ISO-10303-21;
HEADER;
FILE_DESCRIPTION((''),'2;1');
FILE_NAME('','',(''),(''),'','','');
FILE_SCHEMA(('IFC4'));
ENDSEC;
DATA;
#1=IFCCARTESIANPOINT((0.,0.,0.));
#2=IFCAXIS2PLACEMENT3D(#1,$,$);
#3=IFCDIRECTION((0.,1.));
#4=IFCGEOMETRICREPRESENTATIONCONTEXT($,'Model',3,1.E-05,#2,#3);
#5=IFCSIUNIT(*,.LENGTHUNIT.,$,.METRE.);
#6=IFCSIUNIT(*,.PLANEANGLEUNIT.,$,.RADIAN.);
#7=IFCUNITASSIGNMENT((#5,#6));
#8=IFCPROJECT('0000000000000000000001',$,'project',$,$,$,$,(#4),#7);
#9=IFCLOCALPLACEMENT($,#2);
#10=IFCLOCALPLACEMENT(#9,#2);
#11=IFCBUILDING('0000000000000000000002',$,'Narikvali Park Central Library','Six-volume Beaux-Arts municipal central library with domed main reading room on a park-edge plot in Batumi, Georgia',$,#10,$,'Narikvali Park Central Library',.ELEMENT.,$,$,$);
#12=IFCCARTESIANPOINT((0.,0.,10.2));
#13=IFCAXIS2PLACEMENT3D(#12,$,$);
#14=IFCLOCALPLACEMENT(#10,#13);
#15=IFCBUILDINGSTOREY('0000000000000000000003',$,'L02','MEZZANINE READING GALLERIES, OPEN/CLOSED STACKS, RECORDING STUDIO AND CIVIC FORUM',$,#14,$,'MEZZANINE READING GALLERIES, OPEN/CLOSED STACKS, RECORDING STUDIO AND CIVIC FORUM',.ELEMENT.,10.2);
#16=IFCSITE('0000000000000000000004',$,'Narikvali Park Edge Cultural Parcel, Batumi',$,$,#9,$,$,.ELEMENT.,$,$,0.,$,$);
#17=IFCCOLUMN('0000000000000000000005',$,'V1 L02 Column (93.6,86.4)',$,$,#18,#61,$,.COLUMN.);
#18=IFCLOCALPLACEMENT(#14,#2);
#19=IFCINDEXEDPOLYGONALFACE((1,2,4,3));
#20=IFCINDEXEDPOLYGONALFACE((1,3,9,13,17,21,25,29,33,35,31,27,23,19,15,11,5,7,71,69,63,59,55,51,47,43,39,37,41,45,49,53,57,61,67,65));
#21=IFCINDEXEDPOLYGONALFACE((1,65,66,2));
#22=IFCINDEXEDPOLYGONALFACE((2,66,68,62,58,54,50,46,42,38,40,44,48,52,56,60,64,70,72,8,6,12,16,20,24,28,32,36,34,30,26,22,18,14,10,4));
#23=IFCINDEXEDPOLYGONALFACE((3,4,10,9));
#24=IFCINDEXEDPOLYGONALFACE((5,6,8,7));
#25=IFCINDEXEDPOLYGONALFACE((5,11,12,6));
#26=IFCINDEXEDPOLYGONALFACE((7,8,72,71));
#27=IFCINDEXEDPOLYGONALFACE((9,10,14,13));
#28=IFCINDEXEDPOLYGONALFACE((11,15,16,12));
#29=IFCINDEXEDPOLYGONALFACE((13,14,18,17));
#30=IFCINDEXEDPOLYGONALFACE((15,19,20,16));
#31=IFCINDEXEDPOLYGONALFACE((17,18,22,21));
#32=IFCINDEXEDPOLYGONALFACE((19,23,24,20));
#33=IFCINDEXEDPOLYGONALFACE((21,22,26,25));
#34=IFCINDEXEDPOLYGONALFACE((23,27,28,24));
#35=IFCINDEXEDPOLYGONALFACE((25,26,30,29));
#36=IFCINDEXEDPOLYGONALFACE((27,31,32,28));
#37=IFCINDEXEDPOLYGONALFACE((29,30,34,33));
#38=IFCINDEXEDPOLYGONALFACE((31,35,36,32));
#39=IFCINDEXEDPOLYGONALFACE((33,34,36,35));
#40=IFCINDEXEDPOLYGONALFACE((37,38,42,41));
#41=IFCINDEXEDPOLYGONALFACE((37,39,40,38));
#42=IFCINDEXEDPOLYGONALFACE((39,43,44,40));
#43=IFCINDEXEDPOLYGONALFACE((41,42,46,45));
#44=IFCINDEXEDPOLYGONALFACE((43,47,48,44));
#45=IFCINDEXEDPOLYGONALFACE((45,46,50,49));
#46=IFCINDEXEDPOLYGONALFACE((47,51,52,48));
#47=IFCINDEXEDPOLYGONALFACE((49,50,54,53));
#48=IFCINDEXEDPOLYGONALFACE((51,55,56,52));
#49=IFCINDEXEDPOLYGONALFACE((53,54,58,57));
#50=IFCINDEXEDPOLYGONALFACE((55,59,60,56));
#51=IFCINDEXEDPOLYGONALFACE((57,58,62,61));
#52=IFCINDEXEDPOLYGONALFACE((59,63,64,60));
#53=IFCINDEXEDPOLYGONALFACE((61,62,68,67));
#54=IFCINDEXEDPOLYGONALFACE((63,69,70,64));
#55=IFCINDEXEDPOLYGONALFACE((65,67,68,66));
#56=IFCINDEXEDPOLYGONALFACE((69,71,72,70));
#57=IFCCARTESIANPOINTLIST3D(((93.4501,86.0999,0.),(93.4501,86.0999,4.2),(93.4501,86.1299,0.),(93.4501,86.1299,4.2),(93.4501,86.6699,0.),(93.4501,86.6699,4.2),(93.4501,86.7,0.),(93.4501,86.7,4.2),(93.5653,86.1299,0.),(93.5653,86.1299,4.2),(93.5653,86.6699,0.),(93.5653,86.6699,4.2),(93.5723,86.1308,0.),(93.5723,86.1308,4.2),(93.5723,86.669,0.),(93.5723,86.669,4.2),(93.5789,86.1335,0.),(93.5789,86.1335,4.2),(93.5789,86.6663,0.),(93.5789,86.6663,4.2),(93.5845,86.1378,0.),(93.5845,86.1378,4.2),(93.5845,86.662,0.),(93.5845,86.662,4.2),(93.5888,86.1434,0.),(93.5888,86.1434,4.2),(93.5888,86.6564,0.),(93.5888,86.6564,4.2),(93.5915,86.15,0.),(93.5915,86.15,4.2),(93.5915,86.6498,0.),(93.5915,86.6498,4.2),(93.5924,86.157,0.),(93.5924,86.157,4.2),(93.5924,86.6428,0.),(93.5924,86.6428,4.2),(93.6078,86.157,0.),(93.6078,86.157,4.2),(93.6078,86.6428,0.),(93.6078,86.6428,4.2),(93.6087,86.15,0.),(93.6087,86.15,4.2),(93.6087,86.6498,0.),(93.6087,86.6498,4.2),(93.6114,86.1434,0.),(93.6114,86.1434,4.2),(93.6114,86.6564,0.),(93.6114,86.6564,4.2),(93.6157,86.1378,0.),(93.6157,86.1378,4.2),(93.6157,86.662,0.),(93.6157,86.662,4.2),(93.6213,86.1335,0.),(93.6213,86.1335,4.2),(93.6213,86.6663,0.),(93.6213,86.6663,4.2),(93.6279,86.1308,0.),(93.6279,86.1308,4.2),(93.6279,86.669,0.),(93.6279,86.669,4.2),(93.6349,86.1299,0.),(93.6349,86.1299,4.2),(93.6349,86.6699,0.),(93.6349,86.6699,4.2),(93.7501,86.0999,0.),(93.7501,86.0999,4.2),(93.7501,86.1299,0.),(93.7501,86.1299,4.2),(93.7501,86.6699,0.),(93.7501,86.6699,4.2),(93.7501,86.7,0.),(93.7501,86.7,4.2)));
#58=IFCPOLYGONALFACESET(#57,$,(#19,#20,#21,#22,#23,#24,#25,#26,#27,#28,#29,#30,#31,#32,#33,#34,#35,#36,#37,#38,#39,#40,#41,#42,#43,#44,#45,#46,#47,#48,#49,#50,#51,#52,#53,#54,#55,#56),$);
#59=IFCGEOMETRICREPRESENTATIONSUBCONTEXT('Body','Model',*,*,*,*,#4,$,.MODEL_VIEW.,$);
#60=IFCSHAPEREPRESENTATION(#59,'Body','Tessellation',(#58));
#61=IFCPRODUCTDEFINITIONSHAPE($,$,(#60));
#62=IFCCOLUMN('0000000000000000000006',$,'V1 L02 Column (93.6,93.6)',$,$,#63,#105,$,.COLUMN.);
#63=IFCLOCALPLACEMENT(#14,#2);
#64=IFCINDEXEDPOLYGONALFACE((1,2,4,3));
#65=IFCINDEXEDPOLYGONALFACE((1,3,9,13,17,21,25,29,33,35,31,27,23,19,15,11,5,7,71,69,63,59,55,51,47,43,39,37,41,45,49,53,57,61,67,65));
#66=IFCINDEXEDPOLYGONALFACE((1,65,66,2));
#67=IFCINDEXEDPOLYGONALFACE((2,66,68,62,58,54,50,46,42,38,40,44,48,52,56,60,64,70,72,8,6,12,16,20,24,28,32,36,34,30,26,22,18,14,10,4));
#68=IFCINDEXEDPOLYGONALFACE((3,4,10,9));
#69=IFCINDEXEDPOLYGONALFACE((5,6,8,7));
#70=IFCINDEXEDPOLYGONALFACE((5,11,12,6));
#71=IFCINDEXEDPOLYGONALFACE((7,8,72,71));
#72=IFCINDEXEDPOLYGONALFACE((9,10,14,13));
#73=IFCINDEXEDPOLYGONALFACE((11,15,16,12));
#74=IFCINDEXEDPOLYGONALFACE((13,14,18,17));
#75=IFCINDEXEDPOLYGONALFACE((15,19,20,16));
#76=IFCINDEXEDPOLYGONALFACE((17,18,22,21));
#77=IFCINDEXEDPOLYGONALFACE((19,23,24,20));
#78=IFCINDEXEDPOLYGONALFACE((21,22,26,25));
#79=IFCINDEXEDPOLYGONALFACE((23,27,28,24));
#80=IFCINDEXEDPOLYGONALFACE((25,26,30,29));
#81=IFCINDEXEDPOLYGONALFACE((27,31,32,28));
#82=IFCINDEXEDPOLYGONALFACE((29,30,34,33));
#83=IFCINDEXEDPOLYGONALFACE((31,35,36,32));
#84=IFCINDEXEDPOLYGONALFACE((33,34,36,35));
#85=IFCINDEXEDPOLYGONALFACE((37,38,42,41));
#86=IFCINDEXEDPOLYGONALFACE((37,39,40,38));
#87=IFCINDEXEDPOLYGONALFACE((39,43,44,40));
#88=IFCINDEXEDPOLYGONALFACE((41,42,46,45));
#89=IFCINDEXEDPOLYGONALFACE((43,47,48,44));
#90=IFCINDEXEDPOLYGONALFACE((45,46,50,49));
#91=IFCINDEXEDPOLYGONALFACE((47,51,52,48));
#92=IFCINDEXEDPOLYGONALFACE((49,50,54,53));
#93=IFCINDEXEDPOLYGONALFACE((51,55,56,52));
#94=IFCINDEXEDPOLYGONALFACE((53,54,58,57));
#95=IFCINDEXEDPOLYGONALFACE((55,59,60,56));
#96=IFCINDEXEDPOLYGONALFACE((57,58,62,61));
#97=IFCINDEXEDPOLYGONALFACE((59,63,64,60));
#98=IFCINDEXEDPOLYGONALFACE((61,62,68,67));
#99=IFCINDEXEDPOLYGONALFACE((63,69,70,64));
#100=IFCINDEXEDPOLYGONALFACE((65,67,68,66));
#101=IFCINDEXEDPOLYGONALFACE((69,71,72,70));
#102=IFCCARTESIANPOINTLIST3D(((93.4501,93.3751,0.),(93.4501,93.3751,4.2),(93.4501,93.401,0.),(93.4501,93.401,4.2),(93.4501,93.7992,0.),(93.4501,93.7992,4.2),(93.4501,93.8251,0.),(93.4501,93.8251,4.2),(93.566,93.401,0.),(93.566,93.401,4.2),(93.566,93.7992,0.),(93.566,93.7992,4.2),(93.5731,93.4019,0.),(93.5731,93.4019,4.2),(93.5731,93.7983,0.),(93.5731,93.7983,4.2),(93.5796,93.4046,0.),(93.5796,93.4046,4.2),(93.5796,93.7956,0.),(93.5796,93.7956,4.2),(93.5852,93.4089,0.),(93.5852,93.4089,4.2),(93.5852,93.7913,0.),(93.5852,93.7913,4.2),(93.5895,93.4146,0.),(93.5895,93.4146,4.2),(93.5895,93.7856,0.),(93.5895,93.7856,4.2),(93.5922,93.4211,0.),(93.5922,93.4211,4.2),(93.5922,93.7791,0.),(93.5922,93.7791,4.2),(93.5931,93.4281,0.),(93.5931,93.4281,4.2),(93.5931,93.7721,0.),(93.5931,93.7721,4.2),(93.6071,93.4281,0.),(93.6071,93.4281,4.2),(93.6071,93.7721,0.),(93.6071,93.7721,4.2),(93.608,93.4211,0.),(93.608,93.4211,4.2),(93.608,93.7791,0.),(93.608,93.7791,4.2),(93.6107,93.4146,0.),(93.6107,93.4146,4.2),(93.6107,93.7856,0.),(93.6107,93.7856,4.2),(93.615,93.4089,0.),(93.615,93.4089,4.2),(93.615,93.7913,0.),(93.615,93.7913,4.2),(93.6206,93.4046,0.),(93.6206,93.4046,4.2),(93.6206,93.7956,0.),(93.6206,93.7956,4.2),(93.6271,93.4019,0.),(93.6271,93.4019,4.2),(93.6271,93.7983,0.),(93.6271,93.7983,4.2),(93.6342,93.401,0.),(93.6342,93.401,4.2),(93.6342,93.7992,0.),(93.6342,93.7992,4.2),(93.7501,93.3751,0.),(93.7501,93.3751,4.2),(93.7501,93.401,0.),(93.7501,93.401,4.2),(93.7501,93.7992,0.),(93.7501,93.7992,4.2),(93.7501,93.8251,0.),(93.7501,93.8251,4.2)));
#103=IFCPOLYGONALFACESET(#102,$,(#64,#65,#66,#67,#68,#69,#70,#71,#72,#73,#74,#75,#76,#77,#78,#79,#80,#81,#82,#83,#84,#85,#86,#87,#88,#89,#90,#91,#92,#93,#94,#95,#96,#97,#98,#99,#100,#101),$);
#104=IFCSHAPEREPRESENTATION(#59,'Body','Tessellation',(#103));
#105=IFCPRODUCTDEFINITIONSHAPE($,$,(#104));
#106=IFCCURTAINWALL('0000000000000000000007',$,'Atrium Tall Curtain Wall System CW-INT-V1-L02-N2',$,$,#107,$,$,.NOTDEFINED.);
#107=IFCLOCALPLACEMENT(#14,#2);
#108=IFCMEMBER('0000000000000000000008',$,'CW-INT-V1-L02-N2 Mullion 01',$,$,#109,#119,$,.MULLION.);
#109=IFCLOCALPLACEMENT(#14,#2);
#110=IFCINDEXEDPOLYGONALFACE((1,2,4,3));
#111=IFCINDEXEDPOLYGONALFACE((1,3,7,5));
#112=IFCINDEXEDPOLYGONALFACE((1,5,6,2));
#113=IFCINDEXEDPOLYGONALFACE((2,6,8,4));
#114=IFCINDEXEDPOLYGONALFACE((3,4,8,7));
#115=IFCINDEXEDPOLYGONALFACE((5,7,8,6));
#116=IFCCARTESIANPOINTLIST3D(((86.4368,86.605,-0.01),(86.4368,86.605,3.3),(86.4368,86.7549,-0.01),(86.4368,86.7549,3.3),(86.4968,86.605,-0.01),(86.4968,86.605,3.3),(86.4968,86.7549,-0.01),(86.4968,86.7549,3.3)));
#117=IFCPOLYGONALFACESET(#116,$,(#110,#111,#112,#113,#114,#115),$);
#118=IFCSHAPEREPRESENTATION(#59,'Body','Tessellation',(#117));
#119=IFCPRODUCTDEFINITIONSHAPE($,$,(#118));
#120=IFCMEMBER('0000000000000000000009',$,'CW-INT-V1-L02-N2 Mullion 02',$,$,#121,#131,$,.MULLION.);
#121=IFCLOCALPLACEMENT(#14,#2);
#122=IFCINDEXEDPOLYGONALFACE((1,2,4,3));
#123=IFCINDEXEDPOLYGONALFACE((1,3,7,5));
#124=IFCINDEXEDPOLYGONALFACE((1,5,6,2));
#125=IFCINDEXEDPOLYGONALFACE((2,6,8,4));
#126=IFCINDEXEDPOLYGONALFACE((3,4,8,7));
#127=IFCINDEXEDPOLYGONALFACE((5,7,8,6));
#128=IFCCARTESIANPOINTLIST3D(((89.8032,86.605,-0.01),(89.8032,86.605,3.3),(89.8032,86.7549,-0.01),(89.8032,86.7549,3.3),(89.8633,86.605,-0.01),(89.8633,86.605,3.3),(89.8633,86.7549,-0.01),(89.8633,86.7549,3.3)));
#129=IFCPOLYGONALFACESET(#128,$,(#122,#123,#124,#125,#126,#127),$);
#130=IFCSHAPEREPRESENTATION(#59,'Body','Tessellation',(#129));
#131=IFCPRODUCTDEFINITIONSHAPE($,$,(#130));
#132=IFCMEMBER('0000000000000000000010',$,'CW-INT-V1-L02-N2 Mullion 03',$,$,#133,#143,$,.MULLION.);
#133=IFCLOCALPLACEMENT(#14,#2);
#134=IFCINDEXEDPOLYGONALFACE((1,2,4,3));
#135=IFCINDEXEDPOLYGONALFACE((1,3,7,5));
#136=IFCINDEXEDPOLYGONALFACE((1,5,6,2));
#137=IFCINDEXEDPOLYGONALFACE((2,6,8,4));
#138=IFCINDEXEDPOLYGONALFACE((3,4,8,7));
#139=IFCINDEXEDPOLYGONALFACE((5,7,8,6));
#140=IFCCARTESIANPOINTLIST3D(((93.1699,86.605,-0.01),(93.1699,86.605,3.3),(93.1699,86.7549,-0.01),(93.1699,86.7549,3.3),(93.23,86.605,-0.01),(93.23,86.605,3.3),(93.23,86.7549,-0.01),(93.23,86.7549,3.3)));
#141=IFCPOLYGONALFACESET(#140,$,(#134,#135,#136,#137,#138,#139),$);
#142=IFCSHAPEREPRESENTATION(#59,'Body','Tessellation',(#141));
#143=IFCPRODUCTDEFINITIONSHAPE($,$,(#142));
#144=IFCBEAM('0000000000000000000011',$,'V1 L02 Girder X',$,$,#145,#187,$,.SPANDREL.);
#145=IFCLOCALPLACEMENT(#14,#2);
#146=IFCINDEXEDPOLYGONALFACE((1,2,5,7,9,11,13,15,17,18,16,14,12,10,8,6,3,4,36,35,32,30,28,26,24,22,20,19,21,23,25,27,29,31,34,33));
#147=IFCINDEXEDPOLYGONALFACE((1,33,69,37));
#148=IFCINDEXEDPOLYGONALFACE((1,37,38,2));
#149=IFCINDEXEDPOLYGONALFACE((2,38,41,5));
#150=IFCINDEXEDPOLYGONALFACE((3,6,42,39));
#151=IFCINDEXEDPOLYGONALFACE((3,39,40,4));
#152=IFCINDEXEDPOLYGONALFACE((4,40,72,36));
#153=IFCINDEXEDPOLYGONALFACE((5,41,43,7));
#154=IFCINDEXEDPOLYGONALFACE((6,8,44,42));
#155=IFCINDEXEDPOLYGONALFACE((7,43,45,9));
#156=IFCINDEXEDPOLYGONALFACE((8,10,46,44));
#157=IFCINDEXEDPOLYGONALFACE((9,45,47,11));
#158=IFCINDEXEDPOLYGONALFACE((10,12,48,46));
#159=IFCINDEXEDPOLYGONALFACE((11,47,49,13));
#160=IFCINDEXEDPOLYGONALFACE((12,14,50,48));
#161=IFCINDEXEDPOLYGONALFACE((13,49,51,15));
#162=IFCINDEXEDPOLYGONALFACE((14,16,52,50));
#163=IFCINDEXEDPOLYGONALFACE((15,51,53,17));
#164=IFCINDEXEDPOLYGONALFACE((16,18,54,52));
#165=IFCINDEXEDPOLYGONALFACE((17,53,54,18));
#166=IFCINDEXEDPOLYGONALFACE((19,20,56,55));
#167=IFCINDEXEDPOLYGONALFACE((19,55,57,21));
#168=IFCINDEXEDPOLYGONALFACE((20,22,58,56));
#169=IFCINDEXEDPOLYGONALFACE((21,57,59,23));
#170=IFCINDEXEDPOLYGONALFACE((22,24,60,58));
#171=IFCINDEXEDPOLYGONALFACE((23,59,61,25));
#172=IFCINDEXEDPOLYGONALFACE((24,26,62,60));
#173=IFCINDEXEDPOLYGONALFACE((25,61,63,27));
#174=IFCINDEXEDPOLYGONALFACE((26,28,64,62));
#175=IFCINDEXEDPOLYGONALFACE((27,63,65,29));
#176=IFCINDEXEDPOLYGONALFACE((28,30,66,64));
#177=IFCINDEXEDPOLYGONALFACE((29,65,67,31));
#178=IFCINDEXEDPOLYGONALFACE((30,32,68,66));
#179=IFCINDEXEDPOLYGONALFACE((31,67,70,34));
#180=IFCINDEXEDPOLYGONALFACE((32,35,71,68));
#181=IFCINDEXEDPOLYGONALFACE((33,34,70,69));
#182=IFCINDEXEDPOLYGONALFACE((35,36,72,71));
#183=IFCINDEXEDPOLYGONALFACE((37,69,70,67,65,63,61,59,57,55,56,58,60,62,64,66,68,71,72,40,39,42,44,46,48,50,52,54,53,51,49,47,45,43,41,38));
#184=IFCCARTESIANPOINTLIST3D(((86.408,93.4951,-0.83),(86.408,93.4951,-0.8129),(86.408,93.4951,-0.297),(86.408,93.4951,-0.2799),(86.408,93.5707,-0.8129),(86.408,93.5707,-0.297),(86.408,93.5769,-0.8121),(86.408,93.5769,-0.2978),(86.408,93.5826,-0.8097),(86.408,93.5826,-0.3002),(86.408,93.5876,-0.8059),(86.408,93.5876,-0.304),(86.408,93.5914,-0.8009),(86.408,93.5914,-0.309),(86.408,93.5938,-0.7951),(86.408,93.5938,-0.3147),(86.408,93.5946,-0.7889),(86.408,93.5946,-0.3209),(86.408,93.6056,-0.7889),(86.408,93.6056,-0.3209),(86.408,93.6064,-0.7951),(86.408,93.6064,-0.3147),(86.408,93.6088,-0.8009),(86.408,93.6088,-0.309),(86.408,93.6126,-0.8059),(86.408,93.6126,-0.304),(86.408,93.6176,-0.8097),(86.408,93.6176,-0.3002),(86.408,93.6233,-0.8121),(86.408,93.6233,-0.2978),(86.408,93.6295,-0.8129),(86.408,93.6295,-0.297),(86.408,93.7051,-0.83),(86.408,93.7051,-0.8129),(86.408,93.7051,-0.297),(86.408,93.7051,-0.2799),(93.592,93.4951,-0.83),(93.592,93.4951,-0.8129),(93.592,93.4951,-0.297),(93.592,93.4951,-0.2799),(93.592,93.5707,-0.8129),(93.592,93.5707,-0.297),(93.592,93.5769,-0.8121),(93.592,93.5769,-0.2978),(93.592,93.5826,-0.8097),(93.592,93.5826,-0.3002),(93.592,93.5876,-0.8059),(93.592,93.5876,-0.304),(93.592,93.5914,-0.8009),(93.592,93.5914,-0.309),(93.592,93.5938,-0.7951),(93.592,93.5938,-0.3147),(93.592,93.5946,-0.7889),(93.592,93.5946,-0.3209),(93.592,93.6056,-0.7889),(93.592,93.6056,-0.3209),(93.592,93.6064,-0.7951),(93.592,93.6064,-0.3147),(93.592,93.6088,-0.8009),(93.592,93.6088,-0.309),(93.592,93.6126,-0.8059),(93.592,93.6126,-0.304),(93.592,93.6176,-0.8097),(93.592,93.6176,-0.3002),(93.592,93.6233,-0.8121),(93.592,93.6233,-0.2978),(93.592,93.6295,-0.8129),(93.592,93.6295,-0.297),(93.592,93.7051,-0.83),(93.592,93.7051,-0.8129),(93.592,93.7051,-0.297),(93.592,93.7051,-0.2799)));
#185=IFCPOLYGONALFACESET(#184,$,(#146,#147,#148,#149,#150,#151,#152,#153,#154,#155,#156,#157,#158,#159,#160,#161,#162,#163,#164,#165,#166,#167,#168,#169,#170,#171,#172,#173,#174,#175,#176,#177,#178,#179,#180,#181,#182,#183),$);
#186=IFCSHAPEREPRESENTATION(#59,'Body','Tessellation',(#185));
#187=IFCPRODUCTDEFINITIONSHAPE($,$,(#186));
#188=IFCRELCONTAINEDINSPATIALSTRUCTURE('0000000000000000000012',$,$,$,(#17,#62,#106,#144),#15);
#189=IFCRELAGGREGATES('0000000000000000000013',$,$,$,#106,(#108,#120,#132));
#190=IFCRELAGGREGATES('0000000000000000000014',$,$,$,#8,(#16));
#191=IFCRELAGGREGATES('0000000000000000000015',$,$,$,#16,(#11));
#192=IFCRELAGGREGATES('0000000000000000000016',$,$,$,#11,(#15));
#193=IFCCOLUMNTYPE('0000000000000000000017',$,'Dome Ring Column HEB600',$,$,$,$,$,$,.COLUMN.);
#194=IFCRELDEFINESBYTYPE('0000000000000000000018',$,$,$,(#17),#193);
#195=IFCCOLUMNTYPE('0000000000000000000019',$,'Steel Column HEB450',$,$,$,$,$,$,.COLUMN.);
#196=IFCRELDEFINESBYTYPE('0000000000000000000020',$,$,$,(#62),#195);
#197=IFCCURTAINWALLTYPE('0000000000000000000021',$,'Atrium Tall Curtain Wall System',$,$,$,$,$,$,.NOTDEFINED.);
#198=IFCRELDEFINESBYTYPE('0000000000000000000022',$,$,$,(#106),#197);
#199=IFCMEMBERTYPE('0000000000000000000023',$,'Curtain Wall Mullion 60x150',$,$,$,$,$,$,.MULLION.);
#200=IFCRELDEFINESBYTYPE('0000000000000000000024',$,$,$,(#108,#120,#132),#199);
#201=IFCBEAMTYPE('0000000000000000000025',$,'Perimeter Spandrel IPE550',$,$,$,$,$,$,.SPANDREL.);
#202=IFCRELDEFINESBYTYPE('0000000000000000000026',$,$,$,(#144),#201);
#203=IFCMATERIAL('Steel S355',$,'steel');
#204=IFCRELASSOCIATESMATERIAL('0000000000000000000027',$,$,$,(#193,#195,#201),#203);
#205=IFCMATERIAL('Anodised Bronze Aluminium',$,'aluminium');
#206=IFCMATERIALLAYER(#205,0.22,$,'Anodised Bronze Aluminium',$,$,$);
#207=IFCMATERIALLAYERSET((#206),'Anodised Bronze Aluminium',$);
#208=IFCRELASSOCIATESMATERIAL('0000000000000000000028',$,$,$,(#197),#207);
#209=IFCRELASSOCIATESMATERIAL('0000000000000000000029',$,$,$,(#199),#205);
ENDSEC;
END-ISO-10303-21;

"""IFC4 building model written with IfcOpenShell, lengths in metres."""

from ifc_helpers import new_model, si_unit, direction, frame, origin, origin_2d, place, context, subcontext, project, spatial, rectangle, i_section, extrude, material, layer, layer_set, material_profile, profile_set, type_object, element, aggregate, save


model = new_model("IFC4")

# Units and contexts
model_context = context("Model", 3, precision=1e-05, world=origin(), true_north=direction((0.0, 1.0)))
body_context = subcontext(model_context, "Body", "Model", "MODEL_VIEW")
ifc_project = project(units=[si_unit("LENGTHUNIT", "METRE"), si_unit("PLANEANGLEUNIT", "RADIAN")], contexts=[model_context])

# Site, building, storey
site_placement = place(None, origin())
site = spatial("IfcSite", under=ifc_project, at=site_placement, Name="Narikvali Park Edge Cultural Parcel, Batumi", CompositionType="ELEMENT", RefElevation=0.0)
building_placement = place(site_placement, origin())
building = spatial("IfcBuilding", under=site, at=building_placement, Name="Narikvali Park Central Library", Description="Six-volume Beaux-Arts municipal central library with domed main reading room on a park-edge plot in Batumi, Georgia", LongName="Narikvali Park Central Library", CompositionType="ELEMENT")
storey_placement = place(building_placement, frame((0.0, 0.0, 10.2)))
storey = spatial("IfcBuildingStorey", under=building, at=storey_placement, Name="L02", Description="MEZZANINE READING GALLERIES, OPEN/CLOSED STACKS, RECORDING STUDIO AND CIVIC FORUM", LongName="MEZZANINE READING GALLERIES, OPEN/CLOSED STACKS, RECORDING STUDIO AND CIVIC FORUM", CompositionType="ELEMENT", Elevation=10.2)

# Columns
ifc_material_1 = material(Name="Steel S355", Category="steel")
ifc_material_profile_1 = material_profile(ifc_material_1, i_section(OverallWidth=0.3, OverallDepth=0.6001, WebThickness=0.0154, FlangeThickness=0.03, FilletRadius=0.0271, at=origin_2d()), Name="HEB 600")
ifc_profile_set_1 = profile_set([ifc_material_profile_1], Name="Steel S355")
column_type_1 = type_object("IfcColumnType", Name="Dome Ring Column HEB600", PredefinedType="COLUMN", material=ifc_profile_set_1)
column_1_placement = place(storey_placement, frame((93.6001, 86.3999, 0.0), z_axis=(0.0, 0.0, 1.0), x_axis=(1.0, 0.0, 0.0)))
element("IfcColumn", 1, at=column_1_placement, inside=storey, type_object=column_type_1, Name="V1 L02 Column (93.6,86.4)", PredefinedType="COLUMN", context=body_context, shape_type="SweptSolid", body=[
    extrude(i_section(OverallWidth=0.3, OverallDepth=0.6001, WebThickness=0.0154, FlangeThickness=0.03, FilletRadius=0.0271, at=origin_2d()), origin(), (0.0, 0.0, 1.0), 4.2),
])
ifc_material_profile_2 = material_profile(ifc_material_1, i_section(OverallWidth=0.3, OverallDepth=0.45, WebThickness=0.0139, FlangeThickness=0.0259, FilletRadius=0.0271, at=origin_2d()), Name="HEB 450")
ifc_profile_set_2 = profile_set([ifc_material_profile_2], Name="Steel S355")
column_type_2 = type_object("IfcColumnType", Name="Steel Column HEB450", PredefinedType="COLUMN", material=ifc_profile_set_2)
column_2_placement = place(storey_placement, frame((93.6001, 93.6001, 0.0), z_axis=(0.0, 0.0, 1.0), x_axis=(1.0, 0.0, 0.0)))
element("IfcColumn", 2, at=column_2_placement, inside=storey, type_object=column_type_2, Name="V1 L02 Column (93.6,93.6)", PredefinedType="COLUMN", context=body_context, shape_type="SweptSolid", body=[
    extrude(i_section(OverallWidth=0.3, OverallDepth=0.45, WebThickness=0.0139, FlangeThickness=0.0259, FilletRadius=0.0271, at=origin_2d()), origin(), (0.0, 0.0, 1.0), 4.2),
])

# Curtain wall, members
ifc_material_2 = material(Name="Anodised Bronze Aluminium", Category="aluminium")
ifc_layer_1 = layer(ifc_material_2, 0.22, Name="Anodised Bronze Aluminium")
ifc_layer_set_1 = layer_set([ifc_layer_1], Name="Anodised Bronze Aluminium")
curtain_wall_type = type_object("IfcCurtainWallType", Name="Atrium Tall Curtain Wall System", PredefinedType="NOTDEFINED", material=ifc_layer_set_1)
curtain_wall_placement = place(storey_placement, origin())
curtain_wall = element("IfcCurtainWall", 3, at=curtain_wall_placement, inside=storey, type_object=curtain_wall_type, Name="Atrium Tall Curtain Wall System CW-INT-V1-L02-N2", PredefinedType="NOTDEFINED")
ifc_material_profile_3 = material_profile(ifc_material_2, rectangle(XDim=0.0601, YDim=0.1499, at=origin_2d()), Name="CW MULLION 60x150")
ifc_profile_set_3 = profile_set([ifc_material_profile_3], Name="Anodised Bronze Aluminium")
member_type = type_object("IfcMemberType", Name="Curtain Wall Mullion 60x150", PredefinedType="MULLION", material=ifc_profile_set_3)
member_1_placement = place(storey_placement, frame((86.4668, 86.6799, -0.01), z_axis=(0.0, 0.0, 1.0), x_axis=(1.0, 0.0, 0.0)))
member_1 = element("IfcMember", 4, at=member_1_placement, type_object=member_type, Name="CW-INT-V1-L02-N2 Mullion 01", PredefinedType="MULLION", context=body_context, shape_type="SweptSolid", body=[
    extrude(rectangle(XDim=0.0601, YDim=0.1499, at=origin_2d()), origin(), (0.0, 0.0, 1.0), 3.3101),
])
member_2_placement = place(storey_placement, frame((89.8333, 86.6799, -0.01), z_axis=(0.0, 0.0, 1.0), x_axis=(1.0, 0.0, 0.0)))
member_2 = element("IfcMember", 5, at=member_2_placement, type_object=member_type, Name="CW-INT-V1-L02-N2 Mullion 02", PredefinedType="MULLION", context=body_context, shape_type="SweptSolid", body=[
    extrude(rectangle(XDim=0.0601, YDim=0.1499, at=origin_2d()), origin(), (0.0, 0.0, 1.0), 3.3101),
])
member_3_placement = place(storey_placement, frame((93.2, 86.6799, -0.01), z_axis=(0.0, 0.0, 1.0), x_axis=(1.0, 0.0, 0.0)))
member_3 = element("IfcMember", 6, at=member_3_placement, type_object=member_type, Name="CW-INT-V1-L02-N2 Mullion 03", PredefinedType="MULLION", context=body_context, shape_type="SweptSolid", body=[
    extrude(rectangle(XDim=0.0601, YDim=0.1499, at=origin_2d()), origin(), (0.0, 0.0, 1.0), 3.3101),
])

# Beam
ifc_material_profile_4 = material_profile(ifc_material_1, i_section(OverallWidth=0.21, OverallDepth=0.55, WebThickness=0.011, FlangeThickness=0.0171, FilletRadius=0.0239, at=origin_2d()), Name="IPE 550")
ifc_profile_set_4 = profile_set([ifc_material_profile_4], Name="Steel S355")
beam_type_1 = type_object("IfcBeamType", Name="Perimeter Spandrel IPE550", PredefinedType="SPANDREL", material=ifc_profile_set_4)
beam_1_placement = place(storey_placement, frame((86.408, 93.6001, -0.5549), z_axis=(1.0, 0.0, 0.0), x_axis=(0.0, 1.0, 0.0)))
element("IfcBeam", 7, at=beam_1_placement, inside=storey, type_object=beam_type_1, Name="V1 L02 Girder X", PredefinedType="SPANDREL", context=body_context, shape_type="SweptSolid", body=[
    extrude(i_section(OverallWidth=0.21, OverallDepth=0.55, WebThickness=0.011, FlangeThickness=0.0171, FilletRadius=0.0239, at=origin_2d()), origin(), (0.0, 0.0, 1.0), 7.1841),
])

aggregate(curtain_wall, [member_1, member_2, member_3])

save(model, "model.ifc")
